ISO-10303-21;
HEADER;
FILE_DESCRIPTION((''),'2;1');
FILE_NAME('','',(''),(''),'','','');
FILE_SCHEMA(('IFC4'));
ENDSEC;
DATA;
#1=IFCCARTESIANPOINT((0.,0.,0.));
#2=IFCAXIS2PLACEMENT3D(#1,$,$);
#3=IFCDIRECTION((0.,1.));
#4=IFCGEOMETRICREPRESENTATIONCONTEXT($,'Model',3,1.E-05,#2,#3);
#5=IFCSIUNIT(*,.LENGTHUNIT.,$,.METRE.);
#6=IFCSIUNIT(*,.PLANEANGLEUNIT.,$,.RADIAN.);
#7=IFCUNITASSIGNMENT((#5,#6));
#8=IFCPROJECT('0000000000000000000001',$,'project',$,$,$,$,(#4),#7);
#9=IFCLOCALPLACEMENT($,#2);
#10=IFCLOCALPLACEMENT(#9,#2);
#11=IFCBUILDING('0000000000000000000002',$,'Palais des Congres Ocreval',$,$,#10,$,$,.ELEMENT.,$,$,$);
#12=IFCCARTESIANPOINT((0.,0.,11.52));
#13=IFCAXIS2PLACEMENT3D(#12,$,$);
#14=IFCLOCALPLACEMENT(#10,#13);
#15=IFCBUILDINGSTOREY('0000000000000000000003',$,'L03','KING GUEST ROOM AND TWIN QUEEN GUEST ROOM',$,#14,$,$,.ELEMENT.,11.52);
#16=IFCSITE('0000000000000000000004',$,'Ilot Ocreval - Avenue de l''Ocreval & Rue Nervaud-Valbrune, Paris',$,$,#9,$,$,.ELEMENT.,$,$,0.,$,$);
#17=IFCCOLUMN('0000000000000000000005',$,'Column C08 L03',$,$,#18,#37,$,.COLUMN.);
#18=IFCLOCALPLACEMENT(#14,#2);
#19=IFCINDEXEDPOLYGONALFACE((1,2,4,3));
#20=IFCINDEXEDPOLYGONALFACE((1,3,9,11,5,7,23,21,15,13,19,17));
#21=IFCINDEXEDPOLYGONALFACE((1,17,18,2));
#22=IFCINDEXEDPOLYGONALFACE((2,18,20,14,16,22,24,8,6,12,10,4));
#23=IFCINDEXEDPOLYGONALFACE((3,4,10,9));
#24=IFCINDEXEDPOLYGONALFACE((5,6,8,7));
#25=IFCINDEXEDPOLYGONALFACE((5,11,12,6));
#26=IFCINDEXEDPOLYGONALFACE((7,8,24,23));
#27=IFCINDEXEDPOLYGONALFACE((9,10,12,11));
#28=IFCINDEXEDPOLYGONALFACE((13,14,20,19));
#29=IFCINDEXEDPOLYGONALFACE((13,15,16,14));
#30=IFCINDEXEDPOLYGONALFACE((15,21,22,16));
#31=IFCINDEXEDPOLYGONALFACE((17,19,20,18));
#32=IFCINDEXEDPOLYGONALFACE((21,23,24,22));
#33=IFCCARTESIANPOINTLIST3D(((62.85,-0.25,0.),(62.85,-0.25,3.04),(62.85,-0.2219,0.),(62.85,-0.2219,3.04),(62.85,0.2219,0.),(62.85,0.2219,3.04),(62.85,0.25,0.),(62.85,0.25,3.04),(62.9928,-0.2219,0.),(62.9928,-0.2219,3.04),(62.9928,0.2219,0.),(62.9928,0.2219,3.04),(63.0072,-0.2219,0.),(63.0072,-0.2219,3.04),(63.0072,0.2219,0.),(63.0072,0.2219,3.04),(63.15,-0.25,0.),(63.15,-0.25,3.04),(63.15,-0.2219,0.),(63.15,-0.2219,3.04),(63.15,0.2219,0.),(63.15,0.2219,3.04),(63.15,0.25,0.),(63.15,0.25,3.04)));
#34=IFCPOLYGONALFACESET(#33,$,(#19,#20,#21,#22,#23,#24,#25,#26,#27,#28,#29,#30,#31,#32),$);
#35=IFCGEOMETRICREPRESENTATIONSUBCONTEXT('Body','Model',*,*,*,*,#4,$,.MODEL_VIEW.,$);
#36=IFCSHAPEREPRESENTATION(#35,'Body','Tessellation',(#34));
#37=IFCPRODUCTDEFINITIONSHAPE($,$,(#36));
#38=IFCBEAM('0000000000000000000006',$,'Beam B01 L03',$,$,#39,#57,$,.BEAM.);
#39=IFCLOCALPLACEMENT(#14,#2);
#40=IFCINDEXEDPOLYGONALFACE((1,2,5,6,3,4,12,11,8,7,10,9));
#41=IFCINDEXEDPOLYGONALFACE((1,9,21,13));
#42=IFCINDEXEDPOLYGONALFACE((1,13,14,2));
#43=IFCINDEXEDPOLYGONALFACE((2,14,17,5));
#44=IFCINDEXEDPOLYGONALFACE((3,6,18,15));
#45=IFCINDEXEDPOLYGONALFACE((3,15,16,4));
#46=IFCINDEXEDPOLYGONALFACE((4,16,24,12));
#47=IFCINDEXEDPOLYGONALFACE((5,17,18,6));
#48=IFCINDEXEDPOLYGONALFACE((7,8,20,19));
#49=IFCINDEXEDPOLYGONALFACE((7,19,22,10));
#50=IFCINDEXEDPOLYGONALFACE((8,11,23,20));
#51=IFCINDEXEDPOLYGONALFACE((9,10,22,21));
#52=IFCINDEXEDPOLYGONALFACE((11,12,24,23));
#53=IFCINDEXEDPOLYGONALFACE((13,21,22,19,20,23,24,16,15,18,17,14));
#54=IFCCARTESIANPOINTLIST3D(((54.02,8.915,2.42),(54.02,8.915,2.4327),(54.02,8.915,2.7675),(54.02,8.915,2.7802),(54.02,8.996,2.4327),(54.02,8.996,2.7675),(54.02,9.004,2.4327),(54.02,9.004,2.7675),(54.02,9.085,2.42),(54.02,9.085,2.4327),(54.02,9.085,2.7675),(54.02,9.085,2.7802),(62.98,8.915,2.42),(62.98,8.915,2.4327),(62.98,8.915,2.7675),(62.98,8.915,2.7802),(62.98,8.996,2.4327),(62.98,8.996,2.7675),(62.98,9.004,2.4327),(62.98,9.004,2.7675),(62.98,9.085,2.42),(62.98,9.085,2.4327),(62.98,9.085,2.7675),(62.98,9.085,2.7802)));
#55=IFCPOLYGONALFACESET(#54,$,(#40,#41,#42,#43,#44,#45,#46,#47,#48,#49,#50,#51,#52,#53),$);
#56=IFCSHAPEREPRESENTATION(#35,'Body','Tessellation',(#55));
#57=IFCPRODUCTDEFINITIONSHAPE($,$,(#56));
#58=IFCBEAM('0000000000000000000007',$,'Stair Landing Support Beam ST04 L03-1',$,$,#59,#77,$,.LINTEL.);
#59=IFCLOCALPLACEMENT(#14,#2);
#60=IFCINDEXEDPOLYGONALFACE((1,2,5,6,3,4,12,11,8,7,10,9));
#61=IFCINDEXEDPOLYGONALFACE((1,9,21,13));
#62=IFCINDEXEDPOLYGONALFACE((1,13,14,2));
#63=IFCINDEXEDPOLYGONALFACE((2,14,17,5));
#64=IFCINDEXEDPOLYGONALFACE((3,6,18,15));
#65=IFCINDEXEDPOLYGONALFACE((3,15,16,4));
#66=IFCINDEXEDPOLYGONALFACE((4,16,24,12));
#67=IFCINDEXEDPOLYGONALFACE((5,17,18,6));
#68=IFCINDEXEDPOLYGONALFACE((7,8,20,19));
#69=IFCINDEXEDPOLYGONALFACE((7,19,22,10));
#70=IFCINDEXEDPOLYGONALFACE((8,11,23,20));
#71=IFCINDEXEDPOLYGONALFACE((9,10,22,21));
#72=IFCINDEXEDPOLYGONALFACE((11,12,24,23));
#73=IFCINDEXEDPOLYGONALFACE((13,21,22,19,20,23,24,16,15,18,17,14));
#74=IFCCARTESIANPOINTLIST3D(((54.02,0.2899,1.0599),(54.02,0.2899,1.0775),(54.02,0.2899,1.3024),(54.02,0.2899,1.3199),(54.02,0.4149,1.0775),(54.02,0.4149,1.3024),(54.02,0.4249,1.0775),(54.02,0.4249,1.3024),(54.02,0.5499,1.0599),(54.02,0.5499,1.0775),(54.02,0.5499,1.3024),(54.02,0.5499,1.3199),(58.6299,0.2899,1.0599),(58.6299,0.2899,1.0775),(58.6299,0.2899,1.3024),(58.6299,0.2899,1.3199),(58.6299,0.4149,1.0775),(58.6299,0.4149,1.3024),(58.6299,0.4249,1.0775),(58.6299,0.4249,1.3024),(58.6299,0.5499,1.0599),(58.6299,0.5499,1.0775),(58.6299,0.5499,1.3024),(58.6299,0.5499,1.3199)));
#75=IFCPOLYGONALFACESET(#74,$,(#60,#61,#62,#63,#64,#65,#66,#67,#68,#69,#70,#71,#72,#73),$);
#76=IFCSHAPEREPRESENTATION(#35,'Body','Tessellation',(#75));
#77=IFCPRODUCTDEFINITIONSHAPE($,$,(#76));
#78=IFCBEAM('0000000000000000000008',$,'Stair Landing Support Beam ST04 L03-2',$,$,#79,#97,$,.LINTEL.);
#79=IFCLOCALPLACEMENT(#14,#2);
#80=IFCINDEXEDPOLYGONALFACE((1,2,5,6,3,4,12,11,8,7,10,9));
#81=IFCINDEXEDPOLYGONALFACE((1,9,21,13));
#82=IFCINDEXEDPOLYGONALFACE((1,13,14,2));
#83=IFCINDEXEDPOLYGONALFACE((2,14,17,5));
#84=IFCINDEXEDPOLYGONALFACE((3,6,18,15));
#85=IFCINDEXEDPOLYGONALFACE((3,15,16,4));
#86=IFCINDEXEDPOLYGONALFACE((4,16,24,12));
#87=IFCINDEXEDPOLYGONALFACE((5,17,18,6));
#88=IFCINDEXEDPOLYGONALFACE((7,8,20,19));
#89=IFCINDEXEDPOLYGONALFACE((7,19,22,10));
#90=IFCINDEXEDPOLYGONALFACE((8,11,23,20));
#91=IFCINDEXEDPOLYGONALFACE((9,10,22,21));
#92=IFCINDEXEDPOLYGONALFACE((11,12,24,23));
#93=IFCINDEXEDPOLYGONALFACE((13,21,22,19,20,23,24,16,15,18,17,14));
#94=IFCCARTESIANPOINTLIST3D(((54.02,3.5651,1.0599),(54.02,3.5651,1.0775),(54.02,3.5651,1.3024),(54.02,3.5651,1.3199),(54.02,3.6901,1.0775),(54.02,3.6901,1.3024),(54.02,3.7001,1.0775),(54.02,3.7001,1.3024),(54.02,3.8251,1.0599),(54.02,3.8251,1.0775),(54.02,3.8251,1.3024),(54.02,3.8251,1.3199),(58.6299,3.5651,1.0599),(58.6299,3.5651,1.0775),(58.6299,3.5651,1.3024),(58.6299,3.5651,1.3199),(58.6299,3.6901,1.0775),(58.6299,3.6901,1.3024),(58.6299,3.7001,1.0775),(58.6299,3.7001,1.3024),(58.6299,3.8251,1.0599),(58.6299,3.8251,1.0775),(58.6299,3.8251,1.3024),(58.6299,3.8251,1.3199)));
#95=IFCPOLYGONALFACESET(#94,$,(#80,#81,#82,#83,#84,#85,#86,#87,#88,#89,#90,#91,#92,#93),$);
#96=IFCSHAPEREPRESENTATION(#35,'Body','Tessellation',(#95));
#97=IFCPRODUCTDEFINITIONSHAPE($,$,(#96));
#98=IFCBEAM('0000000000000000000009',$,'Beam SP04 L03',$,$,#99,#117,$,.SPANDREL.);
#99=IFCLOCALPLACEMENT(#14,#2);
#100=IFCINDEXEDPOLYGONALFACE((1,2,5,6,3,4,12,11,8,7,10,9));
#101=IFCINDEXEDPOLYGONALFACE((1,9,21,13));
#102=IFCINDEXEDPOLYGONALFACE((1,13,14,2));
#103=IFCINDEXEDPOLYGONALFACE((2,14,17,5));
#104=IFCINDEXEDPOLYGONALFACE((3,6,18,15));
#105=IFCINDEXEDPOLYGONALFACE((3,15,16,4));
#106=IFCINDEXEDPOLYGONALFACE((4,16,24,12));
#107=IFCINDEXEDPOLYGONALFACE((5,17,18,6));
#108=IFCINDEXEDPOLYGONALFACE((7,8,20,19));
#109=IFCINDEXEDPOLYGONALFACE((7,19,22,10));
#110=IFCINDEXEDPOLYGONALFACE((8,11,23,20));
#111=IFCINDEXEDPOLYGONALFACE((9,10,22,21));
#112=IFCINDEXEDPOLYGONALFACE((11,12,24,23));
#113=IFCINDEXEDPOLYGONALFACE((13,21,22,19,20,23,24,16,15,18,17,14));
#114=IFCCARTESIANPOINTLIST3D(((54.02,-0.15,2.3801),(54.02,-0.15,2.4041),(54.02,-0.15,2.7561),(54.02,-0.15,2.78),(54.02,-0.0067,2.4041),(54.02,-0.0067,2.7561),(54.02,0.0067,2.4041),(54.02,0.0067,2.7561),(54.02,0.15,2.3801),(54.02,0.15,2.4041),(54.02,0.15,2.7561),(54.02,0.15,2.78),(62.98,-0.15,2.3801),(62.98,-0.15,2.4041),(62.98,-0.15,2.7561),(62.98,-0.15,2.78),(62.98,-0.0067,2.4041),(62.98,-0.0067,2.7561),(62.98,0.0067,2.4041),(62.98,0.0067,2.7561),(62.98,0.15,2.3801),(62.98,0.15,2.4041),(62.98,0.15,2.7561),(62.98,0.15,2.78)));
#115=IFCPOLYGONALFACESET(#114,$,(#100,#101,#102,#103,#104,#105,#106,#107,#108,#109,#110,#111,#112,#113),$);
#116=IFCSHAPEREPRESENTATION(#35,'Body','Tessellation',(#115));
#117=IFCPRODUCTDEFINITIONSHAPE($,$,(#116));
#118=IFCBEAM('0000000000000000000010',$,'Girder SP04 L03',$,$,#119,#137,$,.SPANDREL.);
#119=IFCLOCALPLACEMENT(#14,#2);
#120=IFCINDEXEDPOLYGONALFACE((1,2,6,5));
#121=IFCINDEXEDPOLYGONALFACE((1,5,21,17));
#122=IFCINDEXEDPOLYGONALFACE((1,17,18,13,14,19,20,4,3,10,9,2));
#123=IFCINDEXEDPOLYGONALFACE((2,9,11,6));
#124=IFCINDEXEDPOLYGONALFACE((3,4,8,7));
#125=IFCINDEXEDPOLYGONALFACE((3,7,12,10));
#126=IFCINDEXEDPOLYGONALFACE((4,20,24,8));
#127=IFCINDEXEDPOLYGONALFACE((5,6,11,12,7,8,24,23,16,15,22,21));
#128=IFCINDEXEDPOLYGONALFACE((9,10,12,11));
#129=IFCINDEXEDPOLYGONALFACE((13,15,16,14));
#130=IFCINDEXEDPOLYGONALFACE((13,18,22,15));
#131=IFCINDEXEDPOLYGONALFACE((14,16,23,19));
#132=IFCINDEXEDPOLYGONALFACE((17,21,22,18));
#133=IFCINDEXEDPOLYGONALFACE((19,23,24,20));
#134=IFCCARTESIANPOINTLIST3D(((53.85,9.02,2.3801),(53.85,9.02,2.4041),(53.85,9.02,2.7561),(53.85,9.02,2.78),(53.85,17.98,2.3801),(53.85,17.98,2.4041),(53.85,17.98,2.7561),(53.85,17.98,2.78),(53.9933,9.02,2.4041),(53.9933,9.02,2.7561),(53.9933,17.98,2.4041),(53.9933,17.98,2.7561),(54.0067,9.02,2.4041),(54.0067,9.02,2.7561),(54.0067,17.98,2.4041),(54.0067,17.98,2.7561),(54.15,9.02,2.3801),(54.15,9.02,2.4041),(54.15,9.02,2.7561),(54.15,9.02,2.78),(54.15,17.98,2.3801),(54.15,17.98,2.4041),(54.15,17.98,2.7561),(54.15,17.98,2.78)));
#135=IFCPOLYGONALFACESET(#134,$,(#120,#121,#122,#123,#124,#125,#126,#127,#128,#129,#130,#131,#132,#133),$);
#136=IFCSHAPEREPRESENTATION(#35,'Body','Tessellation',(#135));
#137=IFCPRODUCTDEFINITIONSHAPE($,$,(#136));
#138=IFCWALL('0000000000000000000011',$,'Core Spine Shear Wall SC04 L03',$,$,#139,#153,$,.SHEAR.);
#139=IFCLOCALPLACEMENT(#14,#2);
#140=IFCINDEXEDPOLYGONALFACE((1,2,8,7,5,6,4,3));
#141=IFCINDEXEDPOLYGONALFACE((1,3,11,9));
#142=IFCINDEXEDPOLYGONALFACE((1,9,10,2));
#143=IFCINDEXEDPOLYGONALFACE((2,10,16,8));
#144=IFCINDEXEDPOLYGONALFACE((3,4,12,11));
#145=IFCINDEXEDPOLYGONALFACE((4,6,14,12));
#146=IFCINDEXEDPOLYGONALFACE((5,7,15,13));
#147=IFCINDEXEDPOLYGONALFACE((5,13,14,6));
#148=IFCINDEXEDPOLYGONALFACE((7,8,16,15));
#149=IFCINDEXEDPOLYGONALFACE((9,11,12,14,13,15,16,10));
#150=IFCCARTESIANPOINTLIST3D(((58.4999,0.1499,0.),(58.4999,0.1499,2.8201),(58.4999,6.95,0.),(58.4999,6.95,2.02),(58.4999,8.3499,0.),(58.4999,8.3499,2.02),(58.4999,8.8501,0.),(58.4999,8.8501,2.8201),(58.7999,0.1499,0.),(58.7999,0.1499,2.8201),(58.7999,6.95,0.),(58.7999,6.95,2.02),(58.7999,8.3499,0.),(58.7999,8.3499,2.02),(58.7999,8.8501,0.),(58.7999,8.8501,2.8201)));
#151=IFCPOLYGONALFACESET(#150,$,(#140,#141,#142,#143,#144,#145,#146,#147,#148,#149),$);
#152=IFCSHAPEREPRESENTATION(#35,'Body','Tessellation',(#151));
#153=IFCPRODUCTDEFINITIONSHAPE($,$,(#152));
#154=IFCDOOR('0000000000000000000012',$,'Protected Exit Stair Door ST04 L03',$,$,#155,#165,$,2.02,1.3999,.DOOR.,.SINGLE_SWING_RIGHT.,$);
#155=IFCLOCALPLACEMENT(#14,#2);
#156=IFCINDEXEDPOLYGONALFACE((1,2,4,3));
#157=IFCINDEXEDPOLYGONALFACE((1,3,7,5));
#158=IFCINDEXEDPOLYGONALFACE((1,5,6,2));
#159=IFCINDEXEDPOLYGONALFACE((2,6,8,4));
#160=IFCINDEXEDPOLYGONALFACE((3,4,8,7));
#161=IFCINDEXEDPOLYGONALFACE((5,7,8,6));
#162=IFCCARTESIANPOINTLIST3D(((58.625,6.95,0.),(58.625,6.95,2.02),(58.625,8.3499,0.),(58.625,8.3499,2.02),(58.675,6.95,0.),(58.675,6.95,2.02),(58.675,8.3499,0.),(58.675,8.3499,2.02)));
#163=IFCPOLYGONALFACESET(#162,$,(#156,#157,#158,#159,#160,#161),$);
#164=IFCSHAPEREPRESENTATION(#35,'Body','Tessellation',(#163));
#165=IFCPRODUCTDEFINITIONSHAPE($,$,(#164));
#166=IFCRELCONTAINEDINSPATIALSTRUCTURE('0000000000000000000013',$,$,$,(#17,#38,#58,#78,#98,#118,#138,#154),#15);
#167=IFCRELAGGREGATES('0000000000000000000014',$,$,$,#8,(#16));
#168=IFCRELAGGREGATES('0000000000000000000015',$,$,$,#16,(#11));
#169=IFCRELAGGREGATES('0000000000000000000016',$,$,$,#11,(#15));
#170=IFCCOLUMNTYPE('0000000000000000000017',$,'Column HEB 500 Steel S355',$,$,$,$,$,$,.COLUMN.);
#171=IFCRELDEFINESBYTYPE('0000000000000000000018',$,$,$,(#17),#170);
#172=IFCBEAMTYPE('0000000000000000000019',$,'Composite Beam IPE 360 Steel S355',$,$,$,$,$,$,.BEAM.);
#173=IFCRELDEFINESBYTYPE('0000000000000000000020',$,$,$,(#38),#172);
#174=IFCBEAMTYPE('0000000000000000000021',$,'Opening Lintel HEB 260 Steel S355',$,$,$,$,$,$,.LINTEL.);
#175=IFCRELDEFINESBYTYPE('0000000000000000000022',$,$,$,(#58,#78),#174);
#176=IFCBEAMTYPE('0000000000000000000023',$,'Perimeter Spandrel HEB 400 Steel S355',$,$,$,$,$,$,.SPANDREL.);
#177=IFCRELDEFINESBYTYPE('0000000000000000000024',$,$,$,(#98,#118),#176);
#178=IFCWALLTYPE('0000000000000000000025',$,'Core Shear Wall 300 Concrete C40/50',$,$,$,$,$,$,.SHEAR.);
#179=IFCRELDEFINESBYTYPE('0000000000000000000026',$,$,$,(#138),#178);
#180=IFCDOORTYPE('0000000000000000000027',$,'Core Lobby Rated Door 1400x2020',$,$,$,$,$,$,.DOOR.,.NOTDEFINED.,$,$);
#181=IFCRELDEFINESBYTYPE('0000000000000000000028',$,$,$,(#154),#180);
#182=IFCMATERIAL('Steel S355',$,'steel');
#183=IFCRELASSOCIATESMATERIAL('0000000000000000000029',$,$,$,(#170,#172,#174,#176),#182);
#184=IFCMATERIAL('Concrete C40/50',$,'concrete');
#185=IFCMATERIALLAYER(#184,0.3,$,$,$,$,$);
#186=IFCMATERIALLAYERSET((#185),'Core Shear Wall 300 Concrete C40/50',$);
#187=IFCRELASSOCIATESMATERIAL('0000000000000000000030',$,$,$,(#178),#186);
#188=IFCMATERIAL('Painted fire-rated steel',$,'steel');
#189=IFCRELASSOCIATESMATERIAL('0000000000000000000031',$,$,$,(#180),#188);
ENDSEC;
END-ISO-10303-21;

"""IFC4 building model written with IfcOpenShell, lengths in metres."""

from ifc_helpers import new_model, si_unit, direction, frame, frame_2d, origin, origin_2d, place, context, subcontext, project, spatial, rectangle, i_section, extrude, material, layer, layer_set, material_profile, profile_set, type_object, element, fill, save


model = new_model("IFC4")

# Units and contexts
model_context = context("Model", 3, precision=1e-05, world=origin(), true_north=direction((0.0, 1.0)))
body_context = subcontext(model_context, "Body", "Model", "MODEL_VIEW")
ifc_project = project(units=[si_unit("LENGTHUNIT", "METRE"), si_unit("PLANEANGLEUNIT", "RADIAN")], contexts=[model_context])

# Site, building, storey
site_placement = place(None, origin())
site = spatial("IfcSite", under=ifc_project, at=site_placement, Name="Ilot Ocreval - Avenue de l'Ocreval & Rue Nervaud-Valbrune, Paris", CompositionType="ELEMENT", RefElevation=0.0)
building_placement = place(site_placement, origin())
building = spatial("IfcBuilding", under=site, at=building_placement, Name="Palais des Congres Ocreval", CompositionType="ELEMENT")
storey_placement = place(building_placement, frame((0.0, 0.0, 11.52)))
storey = spatial("IfcBuildingStorey", under=building, at=storey_placement, Name="L03", Description="KING GUEST ROOM AND TWIN QUEEN GUEST ROOM", CompositionType="ELEMENT", Elevation=11.52)

# Column
ifc_material_1 = material(Name="Steel S355", Category="steel")
ifc_material_profile_1 = material_profile(ifc_material_1, i_section(OverallWidth=0.3, OverallDepth=0.5, WebThickness=0.0144, FlangeThickness=0.0281, at=origin_2d()), Name="HEB 500")
ifc_profile_set_1 = profile_set([ifc_material_profile_1], Name="Steel S355")
column_type = type_object("IfcColumnType", Name="Column HEB 500 Steel S355", PredefinedType="COLUMN", material=ifc_profile_set_1)
column_placement = place(storey_placement, frame((63.0, 0.0, 0.0), z_axis=(0.0, 0.0, 1.0), x_axis=(1.0, 0.0, 0.0)))
element("IfcColumn", 1, at=column_placement, inside=storey, type_object=column_type, Name="Column C08 L03", PredefinedType="COLUMN", context=body_context, shape_type="SweptSolid", body=[
    extrude(i_section(OverallWidth=0.3, OverallDepth=0.5, WebThickness=0.0144, FlangeThickness=0.0281, at=origin_2d()), origin(), (0.0, 0.0, 1.0), 3.04),
])

# Beams
ifc_material_profile_2 = material_profile(ifc_material_1, i_section(OverallWidth=0.1699, OverallDepth=0.3601, WebThickness=0.0081, FlangeThickness=0.0127, at=origin_2d()), Name="IPE 360")
ifc_profile_set_2 = profile_set([ifc_material_profile_2], Name="Steel S355")
beam_type_1 = type_object("IfcBeamType", Name="Composite Beam IPE 360 Steel S355", PredefinedType="BEAM", material=ifc_profile_set_2)
beam_placement = place(storey_placement, frame((54.02, 9.0, 2.6001), z_axis=(1.0, 0.0, 0.0), x_axis=(0.0, 1.0, 0.0)))
element("IfcBeam", 2, at=beam_placement, inside=storey, type_object=beam_type_1, Name="Beam B01 L03", PredefinedType="BEAM", context=body_context, shape_type="SweptSolid", body=[
    extrude(i_section(OverallWidth=0.1699, OverallDepth=0.3601, WebThickness=0.0081, FlangeThickness=0.0127, at=origin_2d()), origin(), (0.0, 0.0, 1.0), 8.96),
])
ifc_material_profile_3 = material_profile(ifc_material_1, i_section(OverallWidth=0.26, OverallDepth=0.26, WebThickness=0.01, FlangeThickness=0.0176, at=origin_2d()), Name="HEB 260")
ifc_profile_set_3 = profile_set([ifc_material_profile_3], Name="Steel S355")
beam_type_2 = type_object("IfcBeamType", Name="Opening Lintel HEB 260 Steel S355", PredefinedType="LINTEL", material=ifc_profile_set_3)
for number, where, z_axis, x_axis, name in (
    (3, (54.02, 0.4199, 1.1899), (1.0, 0.0, 0.0), (0.0, 1.0, 0.0), "Stair Landing Support Beam ST04 L03-1"),
    (4, (54.02, 3.6951, 1.1899), (1.0, 0.0, 0.0), (0.0, 1.0, 0.0), "Stair Landing Support Beam ST04 L03-2"),
):
    element("IfcBeam", number, at=place(storey_placement, frame(where, z_axis=z_axis, x_axis=x_axis)), inside=storey, type_object=beam_type_2, Name=name, PredefinedType="LINTEL", context=body_context, shape_type="SweptSolid", body=[
        extrude(i_section(OverallWidth=0.26, OverallDepth=0.26, WebThickness=0.01, FlangeThickness=0.0176, at=origin_2d()), origin(), (0.0, 0.0, 1.0), 4.6099),
    ])
ifc_material_profile_4 = material_profile(ifc_material_1, i_section(OverallWidth=0.3, OverallDepth=0.3999, WebThickness=0.0134, FlangeThickness=0.0239, at=origin_2d()), Name="HEB 400")
ifc_profile_set_4 = profile_set([ifc_material_profile_4], Name="Steel S355")
beam_type_3 = type_object("IfcBeamType", Name="Perimeter Spandrel HEB 400 Steel S355", PredefinedType="SPANDREL", material=ifc_profile_set_4)
for number, where, z_axis, x_axis, name in (
    (5, (54.02, 0.0, 2.5801), (1.0, 0.0, 0.0), (0.0, 1.0, 0.0), "Beam SP04 L03"),
    (6, (54.0, 9.02, 2.5801), (0.0, 1.0, 0.0), (-1.0, 0.0, 0.0), "Girder SP04 L03"),
):
    element("IfcBeam", number, at=place(storey_placement, frame(where, z_axis=z_axis, x_axis=x_axis)), inside=storey, type_object=beam_type_3, Name=name, PredefinedType="SPANDREL", context=body_context, shape_type="SweptSolid", body=[
        extrude(i_section(OverallWidth=0.3, OverallDepth=0.3999, WebThickness=0.0134, FlangeThickness=0.0239, at=origin_2d()), origin(), (0.0, 0.0, 1.0), 8.96),
    ])

# Wall, opening, door
ifc_material_2 = material(Name="Concrete C40/50", Category="concrete")
ifc_layer_1 = layer(ifc_material_2, 0.3)
ifc_layer_set_1 = layer_set([ifc_layer_1], Name="Core Shear Wall 300 Concrete C40/50")
wall_type_1 = type_object("IfcWallType", Name="Core Shear Wall 300 Concrete C40/50", PredefinedType="SHEAR", material=ifc_layer_set_1)
wall_1_placement = place(storey_placement, frame((58.6499, 0.1499, 0.0), z_axis=(0.0, 0.0, 1.0), x_axis=(0.0, 1.0, 0.0)))
wall_1 = element("IfcWall", 7, at=wall_1_placement, inside=storey, type_object=wall_type_1, Name="Core Spine Shear Wall SC04 L03", PredefinedType="SHEAR", context=body_context, shape_type="SweptSolid", body=[
    extrude(rectangle(XDim=8.7002, YDim=0.3, at=frame_2d((4.3501, 0.0))), origin(), (0.0, 0.0, 1.0), 2.8201),
])
opening_1_placement = place(wall_1_placement, frame((6.8, 0.0, 0.0)))
opening_1 = element("IfcOpeningElement", 8, at=opening_1_placement, cuts=wall_1, PredefinedType="OPENING", context=body_context, shape_type="SweptSolid", body=[
    extrude(rectangle(XDim=1.3999, YDim=2.02, at=frame_2d((0.7, 1.01))), frame((0.0, 0.1599, 0.0), z_axis=(0.0, -1.0, 0.0), x_axis=(1.0, 0.0, 0.0)), (0.0, 0.0, 1.0), 0.3201),
])
ifc_material_3 = material(Name="Painted fire-rated steel", Category="steel")
door_type_1 = type_object("IfcDoorType", Name="Core Lobby Rated Door 1400x2020", OperationType="NOTDEFINED", PredefinedType="DOOR", material=ifc_material_3)
door_1_placement = place(opening_1_placement, origin())
door_1 = element("IfcDoor", 9, at=door_1_placement, inside=storey, type_object=door_type_1, Name="Protected Exit Stair Door ST04 L03", OperationType="SINGLE_SWING_RIGHT", OverallHeight=2.02, OverallWidth=1.3999, PredefinedType="DOOR", context=body_context, shape_type="SweptSolid", body=[
    extrude(rectangle(XDim=1.3999, YDim=2.02, at=frame_2d((0.7, 1.01))), frame((0.0, 0.0249, 0.0), z_axis=(0.0, -1.0, 0.0), x_axis=(1.0, 0.0, 0.0)), (0.0, 0.0, 1.0), 0.05),
])
fill(opening_1, door_1)

save(model, "model.ifc")
